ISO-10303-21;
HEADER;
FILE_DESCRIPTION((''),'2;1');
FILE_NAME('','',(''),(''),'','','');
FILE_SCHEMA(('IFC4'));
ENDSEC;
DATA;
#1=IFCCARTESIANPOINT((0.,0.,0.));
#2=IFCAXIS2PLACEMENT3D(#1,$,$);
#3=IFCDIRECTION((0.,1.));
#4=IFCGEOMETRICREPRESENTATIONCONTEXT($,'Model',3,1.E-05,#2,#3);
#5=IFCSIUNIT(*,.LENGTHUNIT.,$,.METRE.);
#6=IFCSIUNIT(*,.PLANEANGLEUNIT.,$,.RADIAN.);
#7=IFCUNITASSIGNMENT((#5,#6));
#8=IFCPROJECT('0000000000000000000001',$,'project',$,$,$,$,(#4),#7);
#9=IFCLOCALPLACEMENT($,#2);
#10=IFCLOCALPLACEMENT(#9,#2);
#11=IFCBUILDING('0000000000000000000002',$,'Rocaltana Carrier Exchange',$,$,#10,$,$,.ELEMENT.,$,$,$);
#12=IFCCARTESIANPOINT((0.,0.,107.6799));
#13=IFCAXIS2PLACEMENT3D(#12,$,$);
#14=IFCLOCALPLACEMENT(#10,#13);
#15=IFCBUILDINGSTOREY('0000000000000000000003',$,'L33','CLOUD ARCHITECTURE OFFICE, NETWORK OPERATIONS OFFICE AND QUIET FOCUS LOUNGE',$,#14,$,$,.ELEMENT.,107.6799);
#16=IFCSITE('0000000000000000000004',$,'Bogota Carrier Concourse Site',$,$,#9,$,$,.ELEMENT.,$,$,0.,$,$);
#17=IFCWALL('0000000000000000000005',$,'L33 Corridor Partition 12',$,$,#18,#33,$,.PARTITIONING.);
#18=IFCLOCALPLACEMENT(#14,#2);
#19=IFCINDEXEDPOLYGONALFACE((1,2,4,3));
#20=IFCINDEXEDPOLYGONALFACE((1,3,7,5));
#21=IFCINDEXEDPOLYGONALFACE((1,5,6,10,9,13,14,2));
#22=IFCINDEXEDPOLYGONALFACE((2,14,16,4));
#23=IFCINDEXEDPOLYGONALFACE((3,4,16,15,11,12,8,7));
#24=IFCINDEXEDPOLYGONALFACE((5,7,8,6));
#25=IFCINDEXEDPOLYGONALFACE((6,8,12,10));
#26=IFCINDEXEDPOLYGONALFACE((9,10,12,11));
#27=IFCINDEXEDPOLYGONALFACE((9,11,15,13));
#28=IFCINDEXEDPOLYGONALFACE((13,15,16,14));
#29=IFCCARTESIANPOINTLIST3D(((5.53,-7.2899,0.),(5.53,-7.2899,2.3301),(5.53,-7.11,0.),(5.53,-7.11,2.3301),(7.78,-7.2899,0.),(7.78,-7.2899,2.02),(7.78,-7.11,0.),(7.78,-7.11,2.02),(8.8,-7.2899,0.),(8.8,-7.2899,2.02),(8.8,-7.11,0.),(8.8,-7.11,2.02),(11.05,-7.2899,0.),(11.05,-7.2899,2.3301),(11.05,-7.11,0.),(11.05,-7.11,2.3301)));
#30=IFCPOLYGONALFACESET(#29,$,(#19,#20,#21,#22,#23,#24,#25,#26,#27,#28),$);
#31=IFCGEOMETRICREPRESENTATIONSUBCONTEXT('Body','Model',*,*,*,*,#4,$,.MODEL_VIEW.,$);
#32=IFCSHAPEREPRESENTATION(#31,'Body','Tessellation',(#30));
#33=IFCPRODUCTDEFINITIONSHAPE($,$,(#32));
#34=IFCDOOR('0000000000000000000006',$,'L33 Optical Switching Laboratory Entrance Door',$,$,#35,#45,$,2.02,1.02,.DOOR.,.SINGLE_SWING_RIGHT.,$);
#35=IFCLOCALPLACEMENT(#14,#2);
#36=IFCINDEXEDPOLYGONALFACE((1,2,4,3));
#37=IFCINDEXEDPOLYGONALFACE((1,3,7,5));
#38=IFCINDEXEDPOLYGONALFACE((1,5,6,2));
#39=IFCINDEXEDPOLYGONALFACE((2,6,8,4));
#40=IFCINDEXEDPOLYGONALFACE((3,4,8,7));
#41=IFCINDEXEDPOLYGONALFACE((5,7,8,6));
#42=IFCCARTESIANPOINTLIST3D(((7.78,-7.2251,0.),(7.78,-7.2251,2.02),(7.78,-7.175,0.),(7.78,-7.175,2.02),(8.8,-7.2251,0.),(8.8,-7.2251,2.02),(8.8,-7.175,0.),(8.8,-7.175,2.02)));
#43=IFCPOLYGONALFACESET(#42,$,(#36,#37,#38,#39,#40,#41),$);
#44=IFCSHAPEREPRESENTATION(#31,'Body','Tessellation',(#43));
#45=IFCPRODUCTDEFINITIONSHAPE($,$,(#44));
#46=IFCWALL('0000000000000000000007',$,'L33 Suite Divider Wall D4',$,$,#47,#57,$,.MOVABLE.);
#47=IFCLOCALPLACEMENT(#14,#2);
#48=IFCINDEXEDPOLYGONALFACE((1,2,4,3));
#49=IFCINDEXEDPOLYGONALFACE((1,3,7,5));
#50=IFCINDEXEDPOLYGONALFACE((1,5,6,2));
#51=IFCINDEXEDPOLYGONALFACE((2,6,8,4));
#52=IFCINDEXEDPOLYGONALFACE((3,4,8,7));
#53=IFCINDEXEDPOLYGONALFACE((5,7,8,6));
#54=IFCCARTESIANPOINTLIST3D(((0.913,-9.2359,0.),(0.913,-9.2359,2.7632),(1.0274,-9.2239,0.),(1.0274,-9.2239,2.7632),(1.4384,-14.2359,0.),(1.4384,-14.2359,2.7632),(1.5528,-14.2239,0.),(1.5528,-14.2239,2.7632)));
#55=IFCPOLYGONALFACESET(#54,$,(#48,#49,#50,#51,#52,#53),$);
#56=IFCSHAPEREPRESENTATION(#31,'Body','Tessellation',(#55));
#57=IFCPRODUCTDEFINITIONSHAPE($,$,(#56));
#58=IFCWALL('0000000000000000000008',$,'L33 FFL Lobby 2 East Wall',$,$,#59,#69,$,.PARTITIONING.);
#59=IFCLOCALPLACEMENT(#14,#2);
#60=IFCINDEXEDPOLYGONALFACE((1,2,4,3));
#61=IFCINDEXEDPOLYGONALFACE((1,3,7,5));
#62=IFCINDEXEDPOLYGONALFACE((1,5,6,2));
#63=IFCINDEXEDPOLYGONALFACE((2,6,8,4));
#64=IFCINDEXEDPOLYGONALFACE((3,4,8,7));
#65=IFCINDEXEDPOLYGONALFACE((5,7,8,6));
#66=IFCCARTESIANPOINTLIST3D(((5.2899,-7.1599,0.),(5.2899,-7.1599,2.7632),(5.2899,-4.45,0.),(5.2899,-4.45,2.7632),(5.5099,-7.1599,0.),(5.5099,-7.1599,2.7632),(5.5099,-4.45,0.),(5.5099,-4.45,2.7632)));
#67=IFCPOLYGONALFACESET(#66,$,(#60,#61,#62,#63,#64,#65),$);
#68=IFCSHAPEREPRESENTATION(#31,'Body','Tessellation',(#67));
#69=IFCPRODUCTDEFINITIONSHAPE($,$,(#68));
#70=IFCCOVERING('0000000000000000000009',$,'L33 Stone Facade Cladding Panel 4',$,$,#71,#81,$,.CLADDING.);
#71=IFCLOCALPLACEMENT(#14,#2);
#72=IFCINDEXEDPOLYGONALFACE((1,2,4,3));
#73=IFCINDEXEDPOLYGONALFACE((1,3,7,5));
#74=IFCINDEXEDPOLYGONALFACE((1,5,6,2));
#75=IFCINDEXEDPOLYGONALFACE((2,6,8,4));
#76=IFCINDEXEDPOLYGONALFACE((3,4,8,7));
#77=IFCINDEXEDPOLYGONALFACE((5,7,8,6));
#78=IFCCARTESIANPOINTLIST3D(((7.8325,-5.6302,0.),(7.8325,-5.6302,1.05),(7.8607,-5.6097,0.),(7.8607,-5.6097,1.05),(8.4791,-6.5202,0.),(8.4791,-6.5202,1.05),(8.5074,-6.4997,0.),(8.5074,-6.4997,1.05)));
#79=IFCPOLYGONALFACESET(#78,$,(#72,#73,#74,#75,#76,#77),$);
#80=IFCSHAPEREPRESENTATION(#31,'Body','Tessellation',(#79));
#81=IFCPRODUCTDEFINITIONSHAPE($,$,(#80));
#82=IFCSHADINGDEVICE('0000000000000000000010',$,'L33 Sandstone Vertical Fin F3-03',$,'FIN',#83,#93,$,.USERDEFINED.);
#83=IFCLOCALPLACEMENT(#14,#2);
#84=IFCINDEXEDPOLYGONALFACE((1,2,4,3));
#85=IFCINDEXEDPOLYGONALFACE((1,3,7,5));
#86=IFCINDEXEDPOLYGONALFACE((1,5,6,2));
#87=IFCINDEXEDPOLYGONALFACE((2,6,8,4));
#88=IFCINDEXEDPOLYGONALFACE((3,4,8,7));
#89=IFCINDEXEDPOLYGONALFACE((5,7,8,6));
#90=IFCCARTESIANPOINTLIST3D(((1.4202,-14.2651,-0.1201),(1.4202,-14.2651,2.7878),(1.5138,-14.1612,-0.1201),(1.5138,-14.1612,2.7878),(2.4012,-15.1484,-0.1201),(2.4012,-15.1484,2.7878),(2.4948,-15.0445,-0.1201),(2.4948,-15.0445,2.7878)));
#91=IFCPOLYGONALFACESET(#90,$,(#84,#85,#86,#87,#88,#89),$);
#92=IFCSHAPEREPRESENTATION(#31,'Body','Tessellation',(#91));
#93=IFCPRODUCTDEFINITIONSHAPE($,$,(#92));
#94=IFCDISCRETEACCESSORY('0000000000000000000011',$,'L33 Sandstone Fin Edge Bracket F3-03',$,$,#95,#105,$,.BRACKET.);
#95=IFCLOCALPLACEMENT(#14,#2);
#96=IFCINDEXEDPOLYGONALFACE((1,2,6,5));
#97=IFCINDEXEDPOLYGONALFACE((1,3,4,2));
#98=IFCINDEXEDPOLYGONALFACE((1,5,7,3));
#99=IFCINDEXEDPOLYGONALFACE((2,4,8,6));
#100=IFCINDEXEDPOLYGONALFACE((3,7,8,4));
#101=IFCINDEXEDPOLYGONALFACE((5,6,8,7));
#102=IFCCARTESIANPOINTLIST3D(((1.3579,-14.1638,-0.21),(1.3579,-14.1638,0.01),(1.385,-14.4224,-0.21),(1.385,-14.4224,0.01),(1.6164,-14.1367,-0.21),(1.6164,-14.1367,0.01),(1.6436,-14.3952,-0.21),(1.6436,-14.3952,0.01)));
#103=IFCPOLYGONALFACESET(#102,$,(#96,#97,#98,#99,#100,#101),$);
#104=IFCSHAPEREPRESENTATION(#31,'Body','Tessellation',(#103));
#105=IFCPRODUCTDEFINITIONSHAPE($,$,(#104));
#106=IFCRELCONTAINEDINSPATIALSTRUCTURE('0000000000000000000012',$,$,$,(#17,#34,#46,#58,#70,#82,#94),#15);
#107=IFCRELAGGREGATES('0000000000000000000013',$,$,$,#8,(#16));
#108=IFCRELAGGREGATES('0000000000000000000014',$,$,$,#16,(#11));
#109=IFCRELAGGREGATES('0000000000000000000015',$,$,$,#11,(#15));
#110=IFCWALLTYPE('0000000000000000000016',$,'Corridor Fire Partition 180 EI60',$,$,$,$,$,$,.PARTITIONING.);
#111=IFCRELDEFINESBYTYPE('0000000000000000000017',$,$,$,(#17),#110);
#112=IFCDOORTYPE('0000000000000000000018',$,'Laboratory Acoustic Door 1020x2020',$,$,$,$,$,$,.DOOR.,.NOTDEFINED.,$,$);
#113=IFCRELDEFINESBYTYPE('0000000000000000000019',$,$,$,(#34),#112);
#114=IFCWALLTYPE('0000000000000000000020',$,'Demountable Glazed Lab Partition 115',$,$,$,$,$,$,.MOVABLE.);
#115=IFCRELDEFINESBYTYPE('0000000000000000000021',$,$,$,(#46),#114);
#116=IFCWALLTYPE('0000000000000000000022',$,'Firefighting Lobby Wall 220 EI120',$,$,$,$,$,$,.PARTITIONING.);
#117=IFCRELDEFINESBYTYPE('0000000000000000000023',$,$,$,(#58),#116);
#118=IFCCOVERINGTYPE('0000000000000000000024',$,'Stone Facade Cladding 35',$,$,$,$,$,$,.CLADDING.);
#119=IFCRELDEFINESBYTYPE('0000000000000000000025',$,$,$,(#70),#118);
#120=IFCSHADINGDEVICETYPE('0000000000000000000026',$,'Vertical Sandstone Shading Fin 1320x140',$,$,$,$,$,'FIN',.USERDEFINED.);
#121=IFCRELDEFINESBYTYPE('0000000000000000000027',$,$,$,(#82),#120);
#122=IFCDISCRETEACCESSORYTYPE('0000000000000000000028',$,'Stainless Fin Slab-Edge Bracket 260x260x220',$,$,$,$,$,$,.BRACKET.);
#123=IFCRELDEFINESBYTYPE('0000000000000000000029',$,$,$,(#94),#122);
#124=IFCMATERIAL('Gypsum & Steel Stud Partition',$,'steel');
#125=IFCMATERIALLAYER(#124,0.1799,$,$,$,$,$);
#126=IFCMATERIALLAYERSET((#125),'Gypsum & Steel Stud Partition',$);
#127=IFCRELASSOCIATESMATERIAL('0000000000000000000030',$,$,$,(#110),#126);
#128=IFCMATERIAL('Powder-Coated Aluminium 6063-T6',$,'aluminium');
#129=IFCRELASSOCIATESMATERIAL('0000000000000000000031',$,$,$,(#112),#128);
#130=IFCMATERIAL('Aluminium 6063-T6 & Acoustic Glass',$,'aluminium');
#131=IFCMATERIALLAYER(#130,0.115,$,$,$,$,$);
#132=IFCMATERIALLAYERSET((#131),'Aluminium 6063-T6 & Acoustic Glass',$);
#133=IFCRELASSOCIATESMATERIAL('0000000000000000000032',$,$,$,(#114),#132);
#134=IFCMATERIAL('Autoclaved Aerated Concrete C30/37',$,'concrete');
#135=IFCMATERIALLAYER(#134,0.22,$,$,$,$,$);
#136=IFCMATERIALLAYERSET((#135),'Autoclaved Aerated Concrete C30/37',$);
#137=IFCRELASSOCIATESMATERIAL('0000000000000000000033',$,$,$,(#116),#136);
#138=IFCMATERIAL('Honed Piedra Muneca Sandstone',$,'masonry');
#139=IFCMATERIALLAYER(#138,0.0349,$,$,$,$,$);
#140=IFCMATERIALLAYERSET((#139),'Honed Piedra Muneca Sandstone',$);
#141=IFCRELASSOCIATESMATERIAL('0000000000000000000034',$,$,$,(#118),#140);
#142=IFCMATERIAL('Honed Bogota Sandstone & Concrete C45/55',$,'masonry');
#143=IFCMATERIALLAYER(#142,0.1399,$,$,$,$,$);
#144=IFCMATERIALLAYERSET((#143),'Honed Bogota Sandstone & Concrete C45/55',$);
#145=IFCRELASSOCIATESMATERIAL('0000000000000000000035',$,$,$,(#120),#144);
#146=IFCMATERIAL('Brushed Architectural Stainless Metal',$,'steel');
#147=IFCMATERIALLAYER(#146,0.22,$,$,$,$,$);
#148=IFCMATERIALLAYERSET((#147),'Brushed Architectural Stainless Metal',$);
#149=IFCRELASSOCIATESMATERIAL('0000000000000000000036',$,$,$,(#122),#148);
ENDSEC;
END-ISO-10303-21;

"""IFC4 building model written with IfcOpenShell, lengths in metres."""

from ifc_helpers import new_model, si_unit, direction, frame, frame_2d, origin, origin_2d, place, context, subcontext, project, spatial, rectangle, extrude, material, layer, layer_set, type_object, element, fill, save


model = new_model("IFC4")

# Units and contexts
model_context = context("Model", 3, precision=1e-05, world=origin(), true_north=direction((0.0, 1.0)))
body_context = subcontext(model_context, "Body", "Model", "MODEL_VIEW")
ifc_project = project(units=[si_unit("LENGTHUNIT", "METRE"), si_unit("PLANEANGLEUNIT", "RADIAN")], contexts=[model_context])

# Site, building, storey
site_placement = place(None, origin())
site = spatial("IfcSite", under=ifc_project, at=site_placement, Name="Bogota Carrier Concourse Site", CompositionType="ELEMENT", RefElevation=0.0)
building_placement = place(site_placement, origin())
building = spatial("IfcBuilding", under=site, at=building_placement, Name="Rocaltana Carrier Exchange", CompositionType="ELEMENT")
storey_placement = place(building_placement, frame((0.0, 0.0, 107.6799)))
storey = spatial("IfcBuildingStorey", under=building, at=storey_placement, Name="L33", Description="CLOUD ARCHITECTURE OFFICE, NETWORK OPERATIONS OFFICE AND QUIET FOCUS LOUNGE", CompositionType="ELEMENT", Elevation=107.6799)

# Wall, opening, door
ifc_material_1 = material(Name="Gypsum & Steel Stud Partition", Category="steel")
ifc_layer_1 = layer(ifc_material_1, 0.1799)
ifc_layer_set_1 = layer_set([ifc_layer_1], Name="Gypsum & Steel Stud Partition")
wall_type_1 = type_object("IfcWallType", Name="Corridor Fire Partition 180 EI60", PredefinedType="PARTITIONING", material=ifc_layer_set_1)
wall_1_placement = place(storey_placement, frame((5.53, -7.2, 0.0), z_axis=(0.0, 0.0, 1.0), x_axis=(1.0, 0.0, 0.0)))
wall_1 = element("IfcWall", 1, at=wall_1_placement, inside=storey, type_object=wall_type_1, Name="L33 Corridor Partition 12", PredefinedType="PARTITIONING", context=body_context, shape_type="SweptSolid", body=[
    extrude(rectangle(XDim=5.52, YDim=0.1799, at=frame_2d((2.76, 0.0))), origin(), (0.0, 0.0, 1.0), 2.3301),
])
opening_placement = place(wall_1_placement, frame((2.25, 0.0, 0.0)))
opening = element("IfcOpeningElement", 2, at=opening_placement, cuts=wall_1, PredefinedType="OPENING", context=body_context, shape_type="SweptSolid", body=[
    extrude(rectangle(XDim=1.02, YDim=2.02, at=frame_2d((0.51, 1.01))), frame((0.0, 0.0999, 0.0), z_axis=(0.0, -1.0, 0.0), x_axis=(1.0, 0.0, 0.0)), (0.0, 0.0, 1.0), 0.2),
])
ifc_material_2 = material(Name="Powder-Coated Aluminium 6063-T6", Category="aluminium")
door_type = type_object("IfcDoorType", Name="Laboratory Acoustic Door 1020x2020", OperationType="NOTDEFINED", PredefinedType="DOOR", material=ifc_material_2)
door_placement = place(opening_placement, origin())
door = element("IfcDoor", 3, at=door_placement, inside=storey, type_object=door_type, Name="L33 Optical Switching Laboratory Entrance Door", OperationType="SINGLE_SWING_RIGHT", OverallHeight=2.02, OverallWidth=1.02, PredefinedType="DOOR", context=body_context, shape_type="SweptSolid", body=[
    extrude(rectangle(XDim=1.02, YDim=2.02, at=frame_2d((0.51, 1.01))), frame((0.0, 0.0249, 0.0), z_axis=(0.0, -1.0, 0.0), x_axis=(1.0, 0.0, 0.0)), (0.0, 0.0, 1.0), 0.05),
])
fill(opening, door)

# Walls
ifc_material_3 = material(Name="Aluminium 6063-T6 & Acoustic Glass", Category="aluminium")
ifc_layer_2 = layer(ifc_material_3, 0.115)
ifc_layer_set_2 = layer_set([ifc_layer_2], Name="Aluminium 6063-T6 & Acoustic Glass")
wall_type_2 = type_object("IfcWallType", Name="Demountable Glazed Lab Partition 115", PredefinedType="MOVABLE", material=ifc_layer_set_2)
wall_2_placement = place(storey_placement, frame((0.9702, -9.23, 0.0), z_axis=(0.0, 0.0, 1.0), x_axis=(0.104503, -0.994525, 0.0)))
element("IfcWall", 4, at=wall_2_placement, inside=storey, type_object=wall_type_2, Name="L33 Suite Divider Wall D4", PredefinedType="MOVABLE", context=body_context, shape_type="SweptSolid", body=[
    extrude(rectangle(XDim=5.0276, YDim=0.115, at=frame_2d((2.5137, 0.0))), origin(), (0.0, 0.0, 1.0), 2.7632),
])
ifc_material_4 = material(Name="Autoclaved Aerated Concrete C30/37", Category="concrete")
ifc_layer_3 = layer(ifc_material_4, 0.22)
ifc_layer_set_3 = layer_set([ifc_layer_3], Name="Autoclaved Aerated Concrete C30/37")
wall_type_3 = type_object("IfcWallType", Name="Firefighting Lobby Wall 220 EI120", PredefinedType="PARTITIONING", material=ifc_layer_set_3)
wall_3_placement = place(storey_placement, frame((5.3999, -7.1599, 0.0), z_axis=(0.0, 0.0, 1.0), x_axis=(0.0, 1.0, 0.0)))
element("IfcWall", 5, at=wall_3_placement, inside=storey, type_object=wall_type_3, Name="L33 FFL Lobby 2 East Wall", PredefinedType="PARTITIONING", context=body_context, shape_type="SweptSolid", body=[
    extrude(rectangle(XDim=2.71, YDim=0.22, at=frame_2d((1.355, 0.0))), origin(), (0.0, 0.0, 1.0), 2.7632),
])

# Covering
ifc_material_5 = material(Name="Honed Piedra Muneca Sandstone", Category="masonry")
ifc_layer_4 = layer(ifc_material_5, 0.0349)
ifc_layer_set_4 = layer_set([ifc_layer_4], Name="Honed Piedra Muneca Sandstone")
covering_type = type_object("IfcCoveringType", Name="Stone Facade Cladding 35", PredefinedType="CLADDING", material=ifc_layer_set_4)
covering_placement = place(storey_placement, frame((8.1699, -6.0649, 0.0), z_axis=(0.0, 0.0, 1.0), x_axis=(-0.587785, 0.809017, 0.0)))
element("IfcCovering", 6, at=covering_placement, inside=storey, type_object=covering_type, Name="L33 Stone Facade Cladding Panel 4", PredefinedType="CLADDING", context=body_context, shape_type="SweptSolid", body=[
    extrude(rectangle(XDim=1.1001, YDim=0.0349, at=origin_2d()), origin(), (0.0, 0.0, 1.0), 1.05),
])

# Shading device
ifc_material_6 = material(Name="Honed Bogota Sandstone & Concrete C45/55", Category="masonry")
ifc_layer_5 = layer(ifc_material_6, 0.1399)
ifc_layer_set_5 = layer_set([ifc_layer_5], Name="Honed Bogota Sandstone & Concrete C45/55")
shading_device_type = type_object("IfcShadingDeviceType", Name="Vertical Sandstone Shading Fin 1320x140", ElementType="FIN", PredefinedType="USERDEFINED", material=ifc_layer_set_5)
shading_device_placement = place(storey_placement, frame((1.9575, -14.6548, -0.1201), z_axis=(0.0, 0.0, 1.0), x_axis=(0.743145, -0.669131, 0.0)))
element("IfcShadingDevice", 7, at=shading_device_placement, inside=storey, type_object=shading_device_type, Name="L33 Sandstone Vertical Fin F3-03", ObjectType="FIN", PredefinedType="USERDEFINED", context=body_context, shape_type="SweptSolid", body=[
    extrude(rectangle(XDim=1.3201, YDim=0.1399, at=origin_2d()), origin(), (0.0, 0.0, 1.0), 2.908),
])

# Discrete accessory
ifc_material_7 = material(Name="Brushed Architectural Stainless Metal", Category="steel")
ifc_layer_6 = layer(ifc_material_7, 0.22)
ifc_layer_set_6 = layer_set([ifc_layer_6], Name="Brushed Architectural Stainless Metal")
discrete_accessory_type = type_object("IfcDiscreteAccessoryType", Name="Stainless Fin Slab-Edge Bracket 260x260x220", PredefinedType="BRACKET", material=ifc_layer_set_6)
discrete_accessory_placement = place(storey_placement, frame((1.5007, -14.2795, -0.21), z_axis=(0.0, 0.0, 1.0), x_axis=(0.994522, 0.104528, 0.0)))
element("IfcDiscreteAccessory", 8, at=discrete_accessory_placement, inside=storey, type_object=discrete_accessory_type, Name="L33 Sandstone Fin Edge Bracket F3-03", PredefinedType="BRACKET", context=body_context, shape_type="SweptSolid", body=[
    extrude(rectangle(XDim=0.26, YDim=0.26, at=origin_2d()), origin(), (0.0, 0.0, 1.0), 0.22),
])

save(model, "model.ifc")
